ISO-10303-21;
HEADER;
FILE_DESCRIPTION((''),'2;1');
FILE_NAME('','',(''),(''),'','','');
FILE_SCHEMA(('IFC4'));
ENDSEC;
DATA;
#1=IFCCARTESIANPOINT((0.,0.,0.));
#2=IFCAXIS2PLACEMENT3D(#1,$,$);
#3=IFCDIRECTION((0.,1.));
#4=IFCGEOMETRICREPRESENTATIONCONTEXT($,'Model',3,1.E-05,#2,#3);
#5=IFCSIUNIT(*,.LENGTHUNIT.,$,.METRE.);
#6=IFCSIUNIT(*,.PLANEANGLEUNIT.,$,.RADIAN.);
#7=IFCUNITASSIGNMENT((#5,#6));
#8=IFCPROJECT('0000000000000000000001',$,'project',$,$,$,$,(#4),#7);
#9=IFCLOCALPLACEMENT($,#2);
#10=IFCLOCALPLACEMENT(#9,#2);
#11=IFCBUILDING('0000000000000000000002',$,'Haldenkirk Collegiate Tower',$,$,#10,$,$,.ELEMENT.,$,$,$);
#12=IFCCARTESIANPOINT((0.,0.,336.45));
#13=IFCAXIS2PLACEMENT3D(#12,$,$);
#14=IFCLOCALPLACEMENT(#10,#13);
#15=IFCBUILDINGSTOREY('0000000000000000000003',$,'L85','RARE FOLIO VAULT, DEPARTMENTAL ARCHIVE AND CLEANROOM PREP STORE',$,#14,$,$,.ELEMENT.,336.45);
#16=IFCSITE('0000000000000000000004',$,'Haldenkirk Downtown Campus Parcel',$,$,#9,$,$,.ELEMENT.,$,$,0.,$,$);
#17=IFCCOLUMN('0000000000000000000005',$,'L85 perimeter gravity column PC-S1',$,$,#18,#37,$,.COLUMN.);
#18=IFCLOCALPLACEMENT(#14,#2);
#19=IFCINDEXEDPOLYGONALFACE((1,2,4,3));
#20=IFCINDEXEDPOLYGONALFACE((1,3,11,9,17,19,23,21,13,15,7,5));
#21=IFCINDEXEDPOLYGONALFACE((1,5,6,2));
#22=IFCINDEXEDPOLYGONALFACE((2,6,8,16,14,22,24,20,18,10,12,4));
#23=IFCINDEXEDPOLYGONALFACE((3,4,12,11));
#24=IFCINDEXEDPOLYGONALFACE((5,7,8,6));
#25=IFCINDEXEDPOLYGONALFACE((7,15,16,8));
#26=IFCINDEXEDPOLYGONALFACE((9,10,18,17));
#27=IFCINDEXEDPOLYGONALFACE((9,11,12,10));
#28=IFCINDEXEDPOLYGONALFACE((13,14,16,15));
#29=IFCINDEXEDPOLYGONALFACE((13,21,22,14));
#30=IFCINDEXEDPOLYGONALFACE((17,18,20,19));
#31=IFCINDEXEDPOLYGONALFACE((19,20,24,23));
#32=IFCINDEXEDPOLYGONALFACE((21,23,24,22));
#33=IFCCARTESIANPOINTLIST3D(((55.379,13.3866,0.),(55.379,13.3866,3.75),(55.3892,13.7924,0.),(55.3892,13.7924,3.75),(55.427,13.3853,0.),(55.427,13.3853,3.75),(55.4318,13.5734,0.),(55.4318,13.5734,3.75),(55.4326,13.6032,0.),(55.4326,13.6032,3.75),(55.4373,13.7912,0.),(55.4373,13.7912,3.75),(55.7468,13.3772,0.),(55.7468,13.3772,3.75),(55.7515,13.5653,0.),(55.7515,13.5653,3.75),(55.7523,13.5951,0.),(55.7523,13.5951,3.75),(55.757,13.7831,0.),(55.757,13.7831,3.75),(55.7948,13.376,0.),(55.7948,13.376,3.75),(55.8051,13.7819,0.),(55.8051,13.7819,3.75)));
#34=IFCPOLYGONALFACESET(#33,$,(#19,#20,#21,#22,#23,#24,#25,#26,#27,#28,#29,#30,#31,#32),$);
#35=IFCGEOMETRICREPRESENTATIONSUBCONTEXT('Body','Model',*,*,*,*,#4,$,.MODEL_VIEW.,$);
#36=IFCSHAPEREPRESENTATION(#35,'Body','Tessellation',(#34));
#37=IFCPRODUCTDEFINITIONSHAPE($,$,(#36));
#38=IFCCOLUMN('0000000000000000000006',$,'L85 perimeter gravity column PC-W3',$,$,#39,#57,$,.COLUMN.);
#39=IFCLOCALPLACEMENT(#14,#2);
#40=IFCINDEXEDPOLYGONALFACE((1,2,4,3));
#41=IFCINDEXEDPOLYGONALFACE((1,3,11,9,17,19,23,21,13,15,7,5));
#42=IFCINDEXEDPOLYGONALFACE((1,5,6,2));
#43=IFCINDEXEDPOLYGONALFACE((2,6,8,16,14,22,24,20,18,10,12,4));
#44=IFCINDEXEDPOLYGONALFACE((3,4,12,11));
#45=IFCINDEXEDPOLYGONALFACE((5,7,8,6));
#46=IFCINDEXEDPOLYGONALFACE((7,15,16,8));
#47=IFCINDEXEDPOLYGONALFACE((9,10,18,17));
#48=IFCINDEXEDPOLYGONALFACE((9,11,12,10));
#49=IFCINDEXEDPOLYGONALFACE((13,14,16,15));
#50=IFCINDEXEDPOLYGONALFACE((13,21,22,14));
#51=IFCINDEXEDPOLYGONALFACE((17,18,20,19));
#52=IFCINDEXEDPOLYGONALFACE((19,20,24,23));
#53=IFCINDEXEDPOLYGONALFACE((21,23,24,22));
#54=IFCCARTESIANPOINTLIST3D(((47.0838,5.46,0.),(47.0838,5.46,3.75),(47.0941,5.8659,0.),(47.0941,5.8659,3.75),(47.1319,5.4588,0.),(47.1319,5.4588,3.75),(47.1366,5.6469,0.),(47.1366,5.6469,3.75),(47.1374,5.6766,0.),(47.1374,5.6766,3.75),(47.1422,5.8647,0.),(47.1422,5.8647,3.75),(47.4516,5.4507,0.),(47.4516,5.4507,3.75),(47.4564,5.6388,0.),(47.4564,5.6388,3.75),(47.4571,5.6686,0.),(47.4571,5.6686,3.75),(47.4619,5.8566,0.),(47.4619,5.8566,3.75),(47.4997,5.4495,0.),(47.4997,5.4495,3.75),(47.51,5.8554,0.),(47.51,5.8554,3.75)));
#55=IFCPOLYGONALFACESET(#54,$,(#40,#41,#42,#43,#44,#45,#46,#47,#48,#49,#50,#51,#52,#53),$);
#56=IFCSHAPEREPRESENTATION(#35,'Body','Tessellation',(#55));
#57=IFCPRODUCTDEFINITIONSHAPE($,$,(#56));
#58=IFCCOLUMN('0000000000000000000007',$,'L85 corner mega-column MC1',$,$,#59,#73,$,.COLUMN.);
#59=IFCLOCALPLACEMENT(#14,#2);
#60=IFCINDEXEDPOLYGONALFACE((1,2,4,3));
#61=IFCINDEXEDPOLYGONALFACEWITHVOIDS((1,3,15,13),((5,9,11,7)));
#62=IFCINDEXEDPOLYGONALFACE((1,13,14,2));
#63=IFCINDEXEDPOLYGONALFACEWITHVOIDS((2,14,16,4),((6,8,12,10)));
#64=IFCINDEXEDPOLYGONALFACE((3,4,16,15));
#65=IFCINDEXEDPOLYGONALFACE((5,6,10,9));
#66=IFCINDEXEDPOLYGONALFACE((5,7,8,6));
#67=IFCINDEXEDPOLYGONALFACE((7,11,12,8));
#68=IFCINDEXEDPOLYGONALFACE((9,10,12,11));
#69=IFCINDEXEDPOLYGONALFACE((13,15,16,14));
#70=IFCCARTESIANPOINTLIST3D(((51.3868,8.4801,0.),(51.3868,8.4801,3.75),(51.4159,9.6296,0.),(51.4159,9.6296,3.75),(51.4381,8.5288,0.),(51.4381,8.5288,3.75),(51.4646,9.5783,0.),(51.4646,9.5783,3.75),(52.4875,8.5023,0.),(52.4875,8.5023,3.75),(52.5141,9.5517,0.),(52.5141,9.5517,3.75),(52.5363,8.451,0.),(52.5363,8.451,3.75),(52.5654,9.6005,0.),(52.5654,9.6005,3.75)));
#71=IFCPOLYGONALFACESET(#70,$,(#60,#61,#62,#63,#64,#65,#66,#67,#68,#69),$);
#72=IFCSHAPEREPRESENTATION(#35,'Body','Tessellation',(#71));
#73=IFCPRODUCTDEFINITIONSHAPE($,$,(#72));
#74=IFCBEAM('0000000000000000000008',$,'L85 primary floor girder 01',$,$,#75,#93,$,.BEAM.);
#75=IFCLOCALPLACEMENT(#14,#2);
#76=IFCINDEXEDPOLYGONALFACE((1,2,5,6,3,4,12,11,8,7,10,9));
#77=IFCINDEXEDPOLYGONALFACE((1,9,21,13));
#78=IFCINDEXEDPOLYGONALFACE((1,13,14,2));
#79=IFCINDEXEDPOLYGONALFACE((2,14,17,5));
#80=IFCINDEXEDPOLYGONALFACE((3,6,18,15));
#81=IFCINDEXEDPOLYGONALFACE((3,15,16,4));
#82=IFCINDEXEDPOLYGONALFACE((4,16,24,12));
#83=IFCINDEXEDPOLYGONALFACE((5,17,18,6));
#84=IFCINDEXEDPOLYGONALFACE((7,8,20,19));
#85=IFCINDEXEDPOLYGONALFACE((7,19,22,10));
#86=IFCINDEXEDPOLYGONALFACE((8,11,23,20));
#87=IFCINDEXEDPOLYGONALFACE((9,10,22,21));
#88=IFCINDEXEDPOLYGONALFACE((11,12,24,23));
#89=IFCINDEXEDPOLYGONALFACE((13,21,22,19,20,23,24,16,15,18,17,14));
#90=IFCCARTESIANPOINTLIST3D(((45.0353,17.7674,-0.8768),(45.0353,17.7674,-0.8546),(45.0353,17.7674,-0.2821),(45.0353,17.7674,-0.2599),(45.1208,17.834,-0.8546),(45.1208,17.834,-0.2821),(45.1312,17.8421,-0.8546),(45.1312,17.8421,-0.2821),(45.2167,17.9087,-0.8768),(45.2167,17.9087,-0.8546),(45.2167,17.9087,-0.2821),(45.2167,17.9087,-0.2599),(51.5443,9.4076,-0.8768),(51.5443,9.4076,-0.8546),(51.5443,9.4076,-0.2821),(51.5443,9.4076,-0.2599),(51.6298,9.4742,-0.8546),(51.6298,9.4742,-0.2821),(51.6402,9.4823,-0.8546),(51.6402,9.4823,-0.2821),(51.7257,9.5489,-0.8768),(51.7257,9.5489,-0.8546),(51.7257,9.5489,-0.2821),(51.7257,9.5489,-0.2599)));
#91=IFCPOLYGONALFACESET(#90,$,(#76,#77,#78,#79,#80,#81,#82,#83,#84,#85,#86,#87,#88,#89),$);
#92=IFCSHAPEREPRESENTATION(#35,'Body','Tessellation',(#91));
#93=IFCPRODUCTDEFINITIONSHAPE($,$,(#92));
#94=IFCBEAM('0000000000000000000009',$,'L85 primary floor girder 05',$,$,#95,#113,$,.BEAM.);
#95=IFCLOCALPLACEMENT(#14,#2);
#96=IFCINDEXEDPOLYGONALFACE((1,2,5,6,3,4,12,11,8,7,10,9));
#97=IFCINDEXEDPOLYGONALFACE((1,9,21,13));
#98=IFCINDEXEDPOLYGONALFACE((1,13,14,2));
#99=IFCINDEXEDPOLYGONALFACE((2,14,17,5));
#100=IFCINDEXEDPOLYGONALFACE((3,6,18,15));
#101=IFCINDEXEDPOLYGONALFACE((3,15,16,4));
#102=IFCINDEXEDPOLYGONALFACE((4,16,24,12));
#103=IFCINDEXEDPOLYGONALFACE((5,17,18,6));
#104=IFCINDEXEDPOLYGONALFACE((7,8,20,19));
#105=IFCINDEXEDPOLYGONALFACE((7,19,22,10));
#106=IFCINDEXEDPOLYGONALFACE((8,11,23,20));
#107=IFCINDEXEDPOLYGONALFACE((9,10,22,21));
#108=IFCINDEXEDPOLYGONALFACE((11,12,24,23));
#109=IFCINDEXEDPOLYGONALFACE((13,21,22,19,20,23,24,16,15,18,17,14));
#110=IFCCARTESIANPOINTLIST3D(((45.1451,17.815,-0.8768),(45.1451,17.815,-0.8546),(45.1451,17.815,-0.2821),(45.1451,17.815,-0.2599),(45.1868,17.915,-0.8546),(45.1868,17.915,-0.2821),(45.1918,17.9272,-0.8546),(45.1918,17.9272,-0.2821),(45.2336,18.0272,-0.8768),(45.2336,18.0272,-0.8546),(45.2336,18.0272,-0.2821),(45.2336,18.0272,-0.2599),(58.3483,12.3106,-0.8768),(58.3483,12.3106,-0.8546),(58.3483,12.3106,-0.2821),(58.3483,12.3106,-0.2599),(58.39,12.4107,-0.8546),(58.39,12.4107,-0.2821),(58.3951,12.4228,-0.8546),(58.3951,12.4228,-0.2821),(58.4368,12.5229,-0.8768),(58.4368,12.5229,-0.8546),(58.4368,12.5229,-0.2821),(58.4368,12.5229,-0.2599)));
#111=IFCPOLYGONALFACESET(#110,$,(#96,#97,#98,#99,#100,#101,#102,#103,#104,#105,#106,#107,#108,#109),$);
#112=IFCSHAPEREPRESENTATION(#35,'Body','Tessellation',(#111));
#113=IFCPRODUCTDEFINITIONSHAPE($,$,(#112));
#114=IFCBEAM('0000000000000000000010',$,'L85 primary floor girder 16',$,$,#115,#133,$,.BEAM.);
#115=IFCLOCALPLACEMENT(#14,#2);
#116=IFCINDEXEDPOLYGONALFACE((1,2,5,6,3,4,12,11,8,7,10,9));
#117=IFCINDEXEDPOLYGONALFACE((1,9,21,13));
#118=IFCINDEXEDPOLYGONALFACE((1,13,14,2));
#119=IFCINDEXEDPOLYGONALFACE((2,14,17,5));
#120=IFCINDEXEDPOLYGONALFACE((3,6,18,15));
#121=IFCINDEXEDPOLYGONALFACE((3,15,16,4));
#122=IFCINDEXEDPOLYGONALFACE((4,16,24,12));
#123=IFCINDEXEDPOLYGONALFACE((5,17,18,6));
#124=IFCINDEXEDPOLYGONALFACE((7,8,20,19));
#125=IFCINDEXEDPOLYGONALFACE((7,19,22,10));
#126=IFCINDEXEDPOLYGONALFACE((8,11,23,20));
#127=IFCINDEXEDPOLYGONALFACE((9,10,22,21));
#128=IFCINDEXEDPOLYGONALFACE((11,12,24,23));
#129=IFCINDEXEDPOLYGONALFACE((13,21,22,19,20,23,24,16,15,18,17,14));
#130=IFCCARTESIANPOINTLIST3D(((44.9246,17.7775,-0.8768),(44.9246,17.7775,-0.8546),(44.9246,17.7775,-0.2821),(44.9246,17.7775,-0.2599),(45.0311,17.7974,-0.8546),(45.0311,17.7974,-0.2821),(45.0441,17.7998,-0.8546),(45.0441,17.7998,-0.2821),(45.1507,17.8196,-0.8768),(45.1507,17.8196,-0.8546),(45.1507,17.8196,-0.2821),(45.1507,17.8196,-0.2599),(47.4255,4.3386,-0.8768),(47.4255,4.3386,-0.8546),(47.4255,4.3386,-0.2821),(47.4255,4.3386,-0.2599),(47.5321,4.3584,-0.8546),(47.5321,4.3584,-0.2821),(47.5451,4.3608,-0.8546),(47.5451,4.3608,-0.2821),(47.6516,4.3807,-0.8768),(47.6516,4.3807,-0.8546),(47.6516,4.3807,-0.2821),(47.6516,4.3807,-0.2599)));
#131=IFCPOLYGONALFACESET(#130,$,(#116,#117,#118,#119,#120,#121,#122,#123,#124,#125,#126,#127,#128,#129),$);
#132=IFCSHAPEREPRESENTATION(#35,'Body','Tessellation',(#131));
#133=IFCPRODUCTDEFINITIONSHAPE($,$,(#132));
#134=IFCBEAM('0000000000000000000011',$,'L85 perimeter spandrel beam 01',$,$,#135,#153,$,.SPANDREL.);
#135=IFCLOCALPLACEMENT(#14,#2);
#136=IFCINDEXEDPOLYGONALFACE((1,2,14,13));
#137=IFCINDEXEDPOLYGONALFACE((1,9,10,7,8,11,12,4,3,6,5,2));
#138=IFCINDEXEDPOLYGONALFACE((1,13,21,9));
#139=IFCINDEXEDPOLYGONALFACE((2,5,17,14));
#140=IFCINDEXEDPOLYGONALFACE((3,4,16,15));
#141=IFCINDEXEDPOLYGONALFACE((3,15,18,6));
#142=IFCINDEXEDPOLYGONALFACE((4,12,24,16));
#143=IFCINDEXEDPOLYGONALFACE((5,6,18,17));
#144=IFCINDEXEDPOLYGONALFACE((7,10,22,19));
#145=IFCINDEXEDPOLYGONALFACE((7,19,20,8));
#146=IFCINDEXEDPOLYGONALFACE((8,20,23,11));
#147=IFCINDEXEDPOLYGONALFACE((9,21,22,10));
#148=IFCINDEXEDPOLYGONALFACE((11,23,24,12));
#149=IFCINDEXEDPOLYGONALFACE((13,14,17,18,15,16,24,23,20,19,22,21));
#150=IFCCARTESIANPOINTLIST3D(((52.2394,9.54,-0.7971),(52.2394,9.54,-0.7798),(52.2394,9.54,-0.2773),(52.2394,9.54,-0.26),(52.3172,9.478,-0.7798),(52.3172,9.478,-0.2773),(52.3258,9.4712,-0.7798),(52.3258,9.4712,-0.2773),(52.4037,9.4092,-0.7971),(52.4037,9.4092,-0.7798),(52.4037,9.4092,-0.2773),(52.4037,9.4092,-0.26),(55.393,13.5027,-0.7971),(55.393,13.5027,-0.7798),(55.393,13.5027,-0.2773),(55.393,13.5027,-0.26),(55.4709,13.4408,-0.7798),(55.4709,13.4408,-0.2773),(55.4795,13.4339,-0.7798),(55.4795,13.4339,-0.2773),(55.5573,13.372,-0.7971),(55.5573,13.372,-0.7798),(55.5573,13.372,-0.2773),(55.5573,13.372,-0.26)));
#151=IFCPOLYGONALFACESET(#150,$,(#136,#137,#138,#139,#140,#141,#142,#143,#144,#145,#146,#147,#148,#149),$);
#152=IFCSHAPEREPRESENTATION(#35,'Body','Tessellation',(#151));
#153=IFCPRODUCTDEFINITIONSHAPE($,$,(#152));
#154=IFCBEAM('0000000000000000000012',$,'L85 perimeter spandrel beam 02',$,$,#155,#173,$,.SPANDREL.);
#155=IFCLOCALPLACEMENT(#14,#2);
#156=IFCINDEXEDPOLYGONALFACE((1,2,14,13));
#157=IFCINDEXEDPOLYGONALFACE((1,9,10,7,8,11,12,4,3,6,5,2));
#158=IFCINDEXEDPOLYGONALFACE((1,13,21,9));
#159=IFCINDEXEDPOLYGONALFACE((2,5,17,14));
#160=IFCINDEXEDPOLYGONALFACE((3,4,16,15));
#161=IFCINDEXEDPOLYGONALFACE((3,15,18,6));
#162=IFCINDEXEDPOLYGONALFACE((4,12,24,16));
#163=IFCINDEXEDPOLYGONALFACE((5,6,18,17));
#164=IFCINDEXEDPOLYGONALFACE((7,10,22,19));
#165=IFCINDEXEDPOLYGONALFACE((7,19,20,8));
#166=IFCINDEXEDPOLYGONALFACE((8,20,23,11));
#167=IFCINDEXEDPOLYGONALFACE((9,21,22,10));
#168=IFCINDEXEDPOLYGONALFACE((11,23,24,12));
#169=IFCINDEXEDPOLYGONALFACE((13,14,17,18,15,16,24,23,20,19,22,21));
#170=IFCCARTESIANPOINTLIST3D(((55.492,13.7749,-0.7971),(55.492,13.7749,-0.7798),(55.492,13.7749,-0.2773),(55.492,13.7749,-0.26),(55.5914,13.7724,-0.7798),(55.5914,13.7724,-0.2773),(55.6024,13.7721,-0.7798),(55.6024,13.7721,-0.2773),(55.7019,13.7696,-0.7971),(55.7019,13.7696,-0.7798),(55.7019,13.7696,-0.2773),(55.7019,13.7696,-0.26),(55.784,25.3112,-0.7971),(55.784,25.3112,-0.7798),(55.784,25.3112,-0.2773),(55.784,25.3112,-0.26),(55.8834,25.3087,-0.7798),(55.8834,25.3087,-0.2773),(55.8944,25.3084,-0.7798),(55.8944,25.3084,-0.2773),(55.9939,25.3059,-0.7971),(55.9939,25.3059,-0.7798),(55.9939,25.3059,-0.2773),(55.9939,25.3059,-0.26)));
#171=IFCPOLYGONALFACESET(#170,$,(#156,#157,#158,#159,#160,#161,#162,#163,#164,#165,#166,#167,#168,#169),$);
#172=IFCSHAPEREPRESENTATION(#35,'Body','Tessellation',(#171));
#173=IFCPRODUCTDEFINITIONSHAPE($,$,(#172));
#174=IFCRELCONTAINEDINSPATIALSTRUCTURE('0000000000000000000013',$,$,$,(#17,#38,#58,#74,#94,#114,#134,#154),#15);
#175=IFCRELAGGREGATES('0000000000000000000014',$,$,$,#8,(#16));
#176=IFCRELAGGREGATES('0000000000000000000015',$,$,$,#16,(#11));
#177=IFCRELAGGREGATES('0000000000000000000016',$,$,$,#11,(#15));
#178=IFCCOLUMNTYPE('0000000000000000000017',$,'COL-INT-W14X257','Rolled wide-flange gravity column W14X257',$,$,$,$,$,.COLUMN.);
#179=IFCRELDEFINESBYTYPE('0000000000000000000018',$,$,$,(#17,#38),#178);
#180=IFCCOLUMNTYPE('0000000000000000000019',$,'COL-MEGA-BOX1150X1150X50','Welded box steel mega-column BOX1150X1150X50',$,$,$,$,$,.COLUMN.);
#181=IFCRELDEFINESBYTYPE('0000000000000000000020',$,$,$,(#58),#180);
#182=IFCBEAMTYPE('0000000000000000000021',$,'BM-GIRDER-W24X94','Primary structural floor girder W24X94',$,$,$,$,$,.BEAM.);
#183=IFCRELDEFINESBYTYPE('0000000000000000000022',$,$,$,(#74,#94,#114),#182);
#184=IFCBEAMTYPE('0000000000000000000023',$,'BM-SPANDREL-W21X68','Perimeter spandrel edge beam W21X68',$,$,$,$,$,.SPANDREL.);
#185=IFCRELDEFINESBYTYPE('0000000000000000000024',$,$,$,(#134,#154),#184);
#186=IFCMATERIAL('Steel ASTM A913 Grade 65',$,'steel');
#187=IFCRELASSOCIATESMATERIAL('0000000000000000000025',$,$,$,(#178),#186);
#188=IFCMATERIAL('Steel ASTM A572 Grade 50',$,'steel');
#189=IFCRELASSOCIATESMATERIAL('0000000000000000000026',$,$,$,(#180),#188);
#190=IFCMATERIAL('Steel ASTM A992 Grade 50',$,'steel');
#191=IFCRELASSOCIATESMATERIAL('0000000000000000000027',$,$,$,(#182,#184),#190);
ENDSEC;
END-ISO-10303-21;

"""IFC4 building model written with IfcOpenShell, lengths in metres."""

from ifc_helpers import new_model, si_unit, direction, frame, origin, origin_2d, place, context, subcontext, project, spatial, hollow_rectangle, i_section, extrude, material, material_profile, profile_set, type_object, element, save


model = new_model("IFC4")

# Units and contexts
model_context = context("Model", 3, precision=1e-05, world=origin(), true_north=direction((0.0, 1.0)))
body_context = subcontext(model_context, "Body", "Model", "MODEL_VIEW")
ifc_project = project(units=[si_unit("LENGTHUNIT", "METRE"), si_unit("PLANEANGLEUNIT", "RADIAN")], contexts=[model_context])

# Site, building, storey
site_placement = place(None, origin())
site = spatial("IfcSite", under=ifc_project, at=site_placement, Name="Haldenkirk Downtown Campus Parcel", CompositionType="ELEMENT", RefElevation=0.0)
building_placement = place(site_placement, origin())
building = spatial("IfcBuilding", under=site, at=building_placement, Name="Haldenkirk Collegiate Tower", CompositionType="ELEMENT")
storey_placement = place(building_placement, frame((0.0, 0.0, 336.45)))
storey = spatial("IfcBuildingStorey", under=building, at=storey_placement, Name="L85", Description="RARE FOLIO VAULT, DEPARTMENTAL ARCHIVE AND CLEANROOM PREP STORE", CompositionType="ELEMENT", Elevation=336.45)

# Columns
ifc_material_1 = material(Name="Steel ASTM A913 Grade 65", Category="steel")
ifc_material_profile_1 = material_profile(ifc_material_1, i_section(OverallWidth=0.406, OverallDepth=0.416, WebThickness=0.0298, FlangeThickness=0.0481, at=origin_2d()), Name="W14X257")
ifc_profile_set_1 = profile_set([ifc_material_profile_1], Name="Steel ASTM A913 Grade 65")
column_type_1 = type_object("IfcColumnType", Name="COL-INT-W14X257", Description="Rolled wide-flange gravity column W14X257", PredefinedType="COLUMN", material=ifc_profile_set_1)
for number, where, z_axis, x_axis, name in (
    (1, (55.592, 13.5842, 0.0), (0.0, 0.0, 1.0), (0.025305, 0.99968, 0.0), "L85 perimeter gravity column PC-S1"),
    (2, (47.2969, 5.6577, 0.0), (0.0, 0.0, 1.0), (0.025305, 0.99968, 0.0), "L85 perimeter gravity column PC-W3"),
):
    element("IfcColumn", number, at=place(storey_placement, frame(where, z_axis=z_axis, x_axis=x_axis)), inside=storey, type_object=column_type_1, Name=name, PredefinedType="COLUMN", context=body_context, shape_type="SweptSolid", body=[
        extrude(i_section(OverallWidth=0.406, OverallDepth=0.416, WebThickness=0.0298, FlangeThickness=0.0481, at=origin_2d()), origin(), (0.0, 0.0, 1.0), 3.75),
    ])
ifc_material_2 = material(Name="Steel ASTM A572 Grade 50", Category="steel")
ifc_material_profile_2 = material_profile(ifc_material_2, hollow_rectangle(XDim=1.1499, YDim=1.1499, WallThickness=0.05, at=origin_2d()), Name="BOX1150X1150X50")
ifc_profile_set_2 = profile_set([ifc_material_profile_2], Name="Steel ASTM A572 Grade 50")
column_type_2 = type_object("IfcColumnType", Name="COL-MEGA-BOX1150X1150X50", Description="Welded box steel mega-column BOX1150X1150X50", PredefinedType="COLUMN", material=ifc_profile_set_2)
column_placement = place(storey_placement, frame((51.9761, 9.0403, 0.0), z_axis=(0.0, 0.0, 1.0), x_axis=(0.025305, 0.99968, 0.0)))
element("IfcColumn", 3, at=column_placement, inside=storey, type_object=column_type_2, Name="L85 corner mega-column MC1", PredefinedType="COLUMN", context=body_context, shape_type="SweptSolid", body=[
    extrude(hollow_rectangle(XDim=1.1499, YDim=1.1499, WallThickness=0.05, at=origin_2d()), origin(), (0.0, 0.0, 1.0), 3.75),
])

# Beams
ifc_material_3 = material(Name="Steel ASTM A992 Grade 50", Category="steel")
ifc_material_profile_3 = material_profile(ifc_material_3, i_section(OverallWidth=0.23, OverallDepth=0.6169, WebThickness=0.0132, FlangeThickness=0.0222, at=origin_2d()), Name="W24X94")
ifc_profile_set_3 = profile_set([ifc_material_profile_3], Name="Steel ASTM A992 Grade 50")
beam_type_1 = type_object("IfcBeamType", Name="BM-GIRDER-W24X94", Description="Primary structural floor girder W24X94", PredefinedType="BEAM", material=ifc_profile_set_3)
beam_1_placement = place(storey_placement, frame((51.635, 9.4783, -0.5684), z_axis=(-0.614347, 0.789036, 0.0), x_axis=(-0.789036, -0.614347, 0.0)))
element("IfcBeam", 4, at=beam_1_placement, inside=storey, type_object=beam_type_1, Name="L85 primary floor girder 01", PredefinedType="BEAM", context=body_context, shape_type="SweptSolid", body=[
    extrude(i_section(OverallWidth=0.23, OverallDepth=0.6169, WebThickness=0.0132, FlangeThickness=0.0222, at=origin_2d()), origin(), (0.0, 0.0, 1.0), 10.595),
])
beam_2_placement = place(storey_placement, frame((58.3926, 12.4167, -0.5684), z_axis=(-0.923003, 0.384794, 0.0), x_axis=(-0.384794, -0.923003, 0.0)))
element("IfcBeam", 5, at=beam_2_placement, inside=storey, type_object=beam_type_1, Name="L85 primary floor girder 05", PredefinedType="BEAM", context=body_context, shape_type="SweptSolid", body=[
    extrude(i_section(OverallWidth=0.23, OverallDepth=0.6169, WebThickness=0.0132, FlangeThickness=0.0222, at=origin_2d()), origin(), (0.0, 0.0, 1.0), 14.3047),
])
beam_3_placement = place(storey_placement, frame((47.5386, 4.3596, -0.5684), z_axis=(-0.182958, 0.983121, 0.0), x_axis=(-0.983121, -0.182958, 0.0)))
element("IfcBeam", 6, at=beam_3_placement, inside=storey, type_object=beam_type_1, Name="L85 primary floor girder 16", PredefinedType="BEAM", context=body_context, shape_type="SweptSolid", body=[
    extrude(i_section(OverallWidth=0.23, OverallDepth=0.6169, WebThickness=0.0132, FlangeThickness=0.0222, at=origin_2d()), origin(), (0.0, 0.0, 1.0), 13.6697),
])
ifc_material_profile_4 = material_profile(ifc_material_3, i_section(OverallWidth=0.21, OverallDepth=0.5371, WebThickness=0.011, FlangeThickness=0.0173, at=origin_2d()), Name="W21X68")
ifc_profile_set_4 = profile_set([ifc_material_profile_4], Name="Steel ASTM A992 Grade 50")
beam_type_2 = type_object("IfcBeamType", Name="BM-SPANDREL-W21X68", Description="Perimeter spandrel edge beam W21X68", PredefinedType="SPANDREL", material=ifc_profile_set_4)
beam_4_placement = place(storey_placement, frame((52.3215, 9.4746, -0.5286), z_axis=(0.6227, 0.782461, 0.0), x_axis=(-0.782461, 0.6227, 0.0)))
element("IfcBeam", 7, at=beam_4_placement, inside=storey, type_object=beam_type_2, Name="L85 perimeter spandrel beam 01", PredefinedType="SPANDREL", context=body_context, shape_type="SweptSolid", body=[
    extrude(i_section(OverallWidth=0.21, OverallDepth=0.5371, WebThickness=0.011, FlangeThickness=0.0173, at=origin_2d()), origin(), (0.0, 0.0, 1.0), 5.0645),
])
beam_5_placement = place(storey_placement, frame((55.5969, 13.7722, -0.5286), z_axis=(0.025302, 0.99968, 0.0), x_axis=(-0.99968, 0.025302, 0.0)))
element("IfcBeam", 8, at=beam_5_placement, inside=storey, type_object=beam_type_2, Name="L85 perimeter spandrel beam 02", PredefinedType="SPANDREL", context=body_context, shape_type="SweptSolid", body=[
    extrude(i_section(OverallWidth=0.21, OverallDepth=0.5371, WebThickness=0.011, FlangeThickness=0.0173, at=origin_2d()), origin(), (0.0, 0.0, 1.0), 11.54),
])

save(model, "model.ifc")
